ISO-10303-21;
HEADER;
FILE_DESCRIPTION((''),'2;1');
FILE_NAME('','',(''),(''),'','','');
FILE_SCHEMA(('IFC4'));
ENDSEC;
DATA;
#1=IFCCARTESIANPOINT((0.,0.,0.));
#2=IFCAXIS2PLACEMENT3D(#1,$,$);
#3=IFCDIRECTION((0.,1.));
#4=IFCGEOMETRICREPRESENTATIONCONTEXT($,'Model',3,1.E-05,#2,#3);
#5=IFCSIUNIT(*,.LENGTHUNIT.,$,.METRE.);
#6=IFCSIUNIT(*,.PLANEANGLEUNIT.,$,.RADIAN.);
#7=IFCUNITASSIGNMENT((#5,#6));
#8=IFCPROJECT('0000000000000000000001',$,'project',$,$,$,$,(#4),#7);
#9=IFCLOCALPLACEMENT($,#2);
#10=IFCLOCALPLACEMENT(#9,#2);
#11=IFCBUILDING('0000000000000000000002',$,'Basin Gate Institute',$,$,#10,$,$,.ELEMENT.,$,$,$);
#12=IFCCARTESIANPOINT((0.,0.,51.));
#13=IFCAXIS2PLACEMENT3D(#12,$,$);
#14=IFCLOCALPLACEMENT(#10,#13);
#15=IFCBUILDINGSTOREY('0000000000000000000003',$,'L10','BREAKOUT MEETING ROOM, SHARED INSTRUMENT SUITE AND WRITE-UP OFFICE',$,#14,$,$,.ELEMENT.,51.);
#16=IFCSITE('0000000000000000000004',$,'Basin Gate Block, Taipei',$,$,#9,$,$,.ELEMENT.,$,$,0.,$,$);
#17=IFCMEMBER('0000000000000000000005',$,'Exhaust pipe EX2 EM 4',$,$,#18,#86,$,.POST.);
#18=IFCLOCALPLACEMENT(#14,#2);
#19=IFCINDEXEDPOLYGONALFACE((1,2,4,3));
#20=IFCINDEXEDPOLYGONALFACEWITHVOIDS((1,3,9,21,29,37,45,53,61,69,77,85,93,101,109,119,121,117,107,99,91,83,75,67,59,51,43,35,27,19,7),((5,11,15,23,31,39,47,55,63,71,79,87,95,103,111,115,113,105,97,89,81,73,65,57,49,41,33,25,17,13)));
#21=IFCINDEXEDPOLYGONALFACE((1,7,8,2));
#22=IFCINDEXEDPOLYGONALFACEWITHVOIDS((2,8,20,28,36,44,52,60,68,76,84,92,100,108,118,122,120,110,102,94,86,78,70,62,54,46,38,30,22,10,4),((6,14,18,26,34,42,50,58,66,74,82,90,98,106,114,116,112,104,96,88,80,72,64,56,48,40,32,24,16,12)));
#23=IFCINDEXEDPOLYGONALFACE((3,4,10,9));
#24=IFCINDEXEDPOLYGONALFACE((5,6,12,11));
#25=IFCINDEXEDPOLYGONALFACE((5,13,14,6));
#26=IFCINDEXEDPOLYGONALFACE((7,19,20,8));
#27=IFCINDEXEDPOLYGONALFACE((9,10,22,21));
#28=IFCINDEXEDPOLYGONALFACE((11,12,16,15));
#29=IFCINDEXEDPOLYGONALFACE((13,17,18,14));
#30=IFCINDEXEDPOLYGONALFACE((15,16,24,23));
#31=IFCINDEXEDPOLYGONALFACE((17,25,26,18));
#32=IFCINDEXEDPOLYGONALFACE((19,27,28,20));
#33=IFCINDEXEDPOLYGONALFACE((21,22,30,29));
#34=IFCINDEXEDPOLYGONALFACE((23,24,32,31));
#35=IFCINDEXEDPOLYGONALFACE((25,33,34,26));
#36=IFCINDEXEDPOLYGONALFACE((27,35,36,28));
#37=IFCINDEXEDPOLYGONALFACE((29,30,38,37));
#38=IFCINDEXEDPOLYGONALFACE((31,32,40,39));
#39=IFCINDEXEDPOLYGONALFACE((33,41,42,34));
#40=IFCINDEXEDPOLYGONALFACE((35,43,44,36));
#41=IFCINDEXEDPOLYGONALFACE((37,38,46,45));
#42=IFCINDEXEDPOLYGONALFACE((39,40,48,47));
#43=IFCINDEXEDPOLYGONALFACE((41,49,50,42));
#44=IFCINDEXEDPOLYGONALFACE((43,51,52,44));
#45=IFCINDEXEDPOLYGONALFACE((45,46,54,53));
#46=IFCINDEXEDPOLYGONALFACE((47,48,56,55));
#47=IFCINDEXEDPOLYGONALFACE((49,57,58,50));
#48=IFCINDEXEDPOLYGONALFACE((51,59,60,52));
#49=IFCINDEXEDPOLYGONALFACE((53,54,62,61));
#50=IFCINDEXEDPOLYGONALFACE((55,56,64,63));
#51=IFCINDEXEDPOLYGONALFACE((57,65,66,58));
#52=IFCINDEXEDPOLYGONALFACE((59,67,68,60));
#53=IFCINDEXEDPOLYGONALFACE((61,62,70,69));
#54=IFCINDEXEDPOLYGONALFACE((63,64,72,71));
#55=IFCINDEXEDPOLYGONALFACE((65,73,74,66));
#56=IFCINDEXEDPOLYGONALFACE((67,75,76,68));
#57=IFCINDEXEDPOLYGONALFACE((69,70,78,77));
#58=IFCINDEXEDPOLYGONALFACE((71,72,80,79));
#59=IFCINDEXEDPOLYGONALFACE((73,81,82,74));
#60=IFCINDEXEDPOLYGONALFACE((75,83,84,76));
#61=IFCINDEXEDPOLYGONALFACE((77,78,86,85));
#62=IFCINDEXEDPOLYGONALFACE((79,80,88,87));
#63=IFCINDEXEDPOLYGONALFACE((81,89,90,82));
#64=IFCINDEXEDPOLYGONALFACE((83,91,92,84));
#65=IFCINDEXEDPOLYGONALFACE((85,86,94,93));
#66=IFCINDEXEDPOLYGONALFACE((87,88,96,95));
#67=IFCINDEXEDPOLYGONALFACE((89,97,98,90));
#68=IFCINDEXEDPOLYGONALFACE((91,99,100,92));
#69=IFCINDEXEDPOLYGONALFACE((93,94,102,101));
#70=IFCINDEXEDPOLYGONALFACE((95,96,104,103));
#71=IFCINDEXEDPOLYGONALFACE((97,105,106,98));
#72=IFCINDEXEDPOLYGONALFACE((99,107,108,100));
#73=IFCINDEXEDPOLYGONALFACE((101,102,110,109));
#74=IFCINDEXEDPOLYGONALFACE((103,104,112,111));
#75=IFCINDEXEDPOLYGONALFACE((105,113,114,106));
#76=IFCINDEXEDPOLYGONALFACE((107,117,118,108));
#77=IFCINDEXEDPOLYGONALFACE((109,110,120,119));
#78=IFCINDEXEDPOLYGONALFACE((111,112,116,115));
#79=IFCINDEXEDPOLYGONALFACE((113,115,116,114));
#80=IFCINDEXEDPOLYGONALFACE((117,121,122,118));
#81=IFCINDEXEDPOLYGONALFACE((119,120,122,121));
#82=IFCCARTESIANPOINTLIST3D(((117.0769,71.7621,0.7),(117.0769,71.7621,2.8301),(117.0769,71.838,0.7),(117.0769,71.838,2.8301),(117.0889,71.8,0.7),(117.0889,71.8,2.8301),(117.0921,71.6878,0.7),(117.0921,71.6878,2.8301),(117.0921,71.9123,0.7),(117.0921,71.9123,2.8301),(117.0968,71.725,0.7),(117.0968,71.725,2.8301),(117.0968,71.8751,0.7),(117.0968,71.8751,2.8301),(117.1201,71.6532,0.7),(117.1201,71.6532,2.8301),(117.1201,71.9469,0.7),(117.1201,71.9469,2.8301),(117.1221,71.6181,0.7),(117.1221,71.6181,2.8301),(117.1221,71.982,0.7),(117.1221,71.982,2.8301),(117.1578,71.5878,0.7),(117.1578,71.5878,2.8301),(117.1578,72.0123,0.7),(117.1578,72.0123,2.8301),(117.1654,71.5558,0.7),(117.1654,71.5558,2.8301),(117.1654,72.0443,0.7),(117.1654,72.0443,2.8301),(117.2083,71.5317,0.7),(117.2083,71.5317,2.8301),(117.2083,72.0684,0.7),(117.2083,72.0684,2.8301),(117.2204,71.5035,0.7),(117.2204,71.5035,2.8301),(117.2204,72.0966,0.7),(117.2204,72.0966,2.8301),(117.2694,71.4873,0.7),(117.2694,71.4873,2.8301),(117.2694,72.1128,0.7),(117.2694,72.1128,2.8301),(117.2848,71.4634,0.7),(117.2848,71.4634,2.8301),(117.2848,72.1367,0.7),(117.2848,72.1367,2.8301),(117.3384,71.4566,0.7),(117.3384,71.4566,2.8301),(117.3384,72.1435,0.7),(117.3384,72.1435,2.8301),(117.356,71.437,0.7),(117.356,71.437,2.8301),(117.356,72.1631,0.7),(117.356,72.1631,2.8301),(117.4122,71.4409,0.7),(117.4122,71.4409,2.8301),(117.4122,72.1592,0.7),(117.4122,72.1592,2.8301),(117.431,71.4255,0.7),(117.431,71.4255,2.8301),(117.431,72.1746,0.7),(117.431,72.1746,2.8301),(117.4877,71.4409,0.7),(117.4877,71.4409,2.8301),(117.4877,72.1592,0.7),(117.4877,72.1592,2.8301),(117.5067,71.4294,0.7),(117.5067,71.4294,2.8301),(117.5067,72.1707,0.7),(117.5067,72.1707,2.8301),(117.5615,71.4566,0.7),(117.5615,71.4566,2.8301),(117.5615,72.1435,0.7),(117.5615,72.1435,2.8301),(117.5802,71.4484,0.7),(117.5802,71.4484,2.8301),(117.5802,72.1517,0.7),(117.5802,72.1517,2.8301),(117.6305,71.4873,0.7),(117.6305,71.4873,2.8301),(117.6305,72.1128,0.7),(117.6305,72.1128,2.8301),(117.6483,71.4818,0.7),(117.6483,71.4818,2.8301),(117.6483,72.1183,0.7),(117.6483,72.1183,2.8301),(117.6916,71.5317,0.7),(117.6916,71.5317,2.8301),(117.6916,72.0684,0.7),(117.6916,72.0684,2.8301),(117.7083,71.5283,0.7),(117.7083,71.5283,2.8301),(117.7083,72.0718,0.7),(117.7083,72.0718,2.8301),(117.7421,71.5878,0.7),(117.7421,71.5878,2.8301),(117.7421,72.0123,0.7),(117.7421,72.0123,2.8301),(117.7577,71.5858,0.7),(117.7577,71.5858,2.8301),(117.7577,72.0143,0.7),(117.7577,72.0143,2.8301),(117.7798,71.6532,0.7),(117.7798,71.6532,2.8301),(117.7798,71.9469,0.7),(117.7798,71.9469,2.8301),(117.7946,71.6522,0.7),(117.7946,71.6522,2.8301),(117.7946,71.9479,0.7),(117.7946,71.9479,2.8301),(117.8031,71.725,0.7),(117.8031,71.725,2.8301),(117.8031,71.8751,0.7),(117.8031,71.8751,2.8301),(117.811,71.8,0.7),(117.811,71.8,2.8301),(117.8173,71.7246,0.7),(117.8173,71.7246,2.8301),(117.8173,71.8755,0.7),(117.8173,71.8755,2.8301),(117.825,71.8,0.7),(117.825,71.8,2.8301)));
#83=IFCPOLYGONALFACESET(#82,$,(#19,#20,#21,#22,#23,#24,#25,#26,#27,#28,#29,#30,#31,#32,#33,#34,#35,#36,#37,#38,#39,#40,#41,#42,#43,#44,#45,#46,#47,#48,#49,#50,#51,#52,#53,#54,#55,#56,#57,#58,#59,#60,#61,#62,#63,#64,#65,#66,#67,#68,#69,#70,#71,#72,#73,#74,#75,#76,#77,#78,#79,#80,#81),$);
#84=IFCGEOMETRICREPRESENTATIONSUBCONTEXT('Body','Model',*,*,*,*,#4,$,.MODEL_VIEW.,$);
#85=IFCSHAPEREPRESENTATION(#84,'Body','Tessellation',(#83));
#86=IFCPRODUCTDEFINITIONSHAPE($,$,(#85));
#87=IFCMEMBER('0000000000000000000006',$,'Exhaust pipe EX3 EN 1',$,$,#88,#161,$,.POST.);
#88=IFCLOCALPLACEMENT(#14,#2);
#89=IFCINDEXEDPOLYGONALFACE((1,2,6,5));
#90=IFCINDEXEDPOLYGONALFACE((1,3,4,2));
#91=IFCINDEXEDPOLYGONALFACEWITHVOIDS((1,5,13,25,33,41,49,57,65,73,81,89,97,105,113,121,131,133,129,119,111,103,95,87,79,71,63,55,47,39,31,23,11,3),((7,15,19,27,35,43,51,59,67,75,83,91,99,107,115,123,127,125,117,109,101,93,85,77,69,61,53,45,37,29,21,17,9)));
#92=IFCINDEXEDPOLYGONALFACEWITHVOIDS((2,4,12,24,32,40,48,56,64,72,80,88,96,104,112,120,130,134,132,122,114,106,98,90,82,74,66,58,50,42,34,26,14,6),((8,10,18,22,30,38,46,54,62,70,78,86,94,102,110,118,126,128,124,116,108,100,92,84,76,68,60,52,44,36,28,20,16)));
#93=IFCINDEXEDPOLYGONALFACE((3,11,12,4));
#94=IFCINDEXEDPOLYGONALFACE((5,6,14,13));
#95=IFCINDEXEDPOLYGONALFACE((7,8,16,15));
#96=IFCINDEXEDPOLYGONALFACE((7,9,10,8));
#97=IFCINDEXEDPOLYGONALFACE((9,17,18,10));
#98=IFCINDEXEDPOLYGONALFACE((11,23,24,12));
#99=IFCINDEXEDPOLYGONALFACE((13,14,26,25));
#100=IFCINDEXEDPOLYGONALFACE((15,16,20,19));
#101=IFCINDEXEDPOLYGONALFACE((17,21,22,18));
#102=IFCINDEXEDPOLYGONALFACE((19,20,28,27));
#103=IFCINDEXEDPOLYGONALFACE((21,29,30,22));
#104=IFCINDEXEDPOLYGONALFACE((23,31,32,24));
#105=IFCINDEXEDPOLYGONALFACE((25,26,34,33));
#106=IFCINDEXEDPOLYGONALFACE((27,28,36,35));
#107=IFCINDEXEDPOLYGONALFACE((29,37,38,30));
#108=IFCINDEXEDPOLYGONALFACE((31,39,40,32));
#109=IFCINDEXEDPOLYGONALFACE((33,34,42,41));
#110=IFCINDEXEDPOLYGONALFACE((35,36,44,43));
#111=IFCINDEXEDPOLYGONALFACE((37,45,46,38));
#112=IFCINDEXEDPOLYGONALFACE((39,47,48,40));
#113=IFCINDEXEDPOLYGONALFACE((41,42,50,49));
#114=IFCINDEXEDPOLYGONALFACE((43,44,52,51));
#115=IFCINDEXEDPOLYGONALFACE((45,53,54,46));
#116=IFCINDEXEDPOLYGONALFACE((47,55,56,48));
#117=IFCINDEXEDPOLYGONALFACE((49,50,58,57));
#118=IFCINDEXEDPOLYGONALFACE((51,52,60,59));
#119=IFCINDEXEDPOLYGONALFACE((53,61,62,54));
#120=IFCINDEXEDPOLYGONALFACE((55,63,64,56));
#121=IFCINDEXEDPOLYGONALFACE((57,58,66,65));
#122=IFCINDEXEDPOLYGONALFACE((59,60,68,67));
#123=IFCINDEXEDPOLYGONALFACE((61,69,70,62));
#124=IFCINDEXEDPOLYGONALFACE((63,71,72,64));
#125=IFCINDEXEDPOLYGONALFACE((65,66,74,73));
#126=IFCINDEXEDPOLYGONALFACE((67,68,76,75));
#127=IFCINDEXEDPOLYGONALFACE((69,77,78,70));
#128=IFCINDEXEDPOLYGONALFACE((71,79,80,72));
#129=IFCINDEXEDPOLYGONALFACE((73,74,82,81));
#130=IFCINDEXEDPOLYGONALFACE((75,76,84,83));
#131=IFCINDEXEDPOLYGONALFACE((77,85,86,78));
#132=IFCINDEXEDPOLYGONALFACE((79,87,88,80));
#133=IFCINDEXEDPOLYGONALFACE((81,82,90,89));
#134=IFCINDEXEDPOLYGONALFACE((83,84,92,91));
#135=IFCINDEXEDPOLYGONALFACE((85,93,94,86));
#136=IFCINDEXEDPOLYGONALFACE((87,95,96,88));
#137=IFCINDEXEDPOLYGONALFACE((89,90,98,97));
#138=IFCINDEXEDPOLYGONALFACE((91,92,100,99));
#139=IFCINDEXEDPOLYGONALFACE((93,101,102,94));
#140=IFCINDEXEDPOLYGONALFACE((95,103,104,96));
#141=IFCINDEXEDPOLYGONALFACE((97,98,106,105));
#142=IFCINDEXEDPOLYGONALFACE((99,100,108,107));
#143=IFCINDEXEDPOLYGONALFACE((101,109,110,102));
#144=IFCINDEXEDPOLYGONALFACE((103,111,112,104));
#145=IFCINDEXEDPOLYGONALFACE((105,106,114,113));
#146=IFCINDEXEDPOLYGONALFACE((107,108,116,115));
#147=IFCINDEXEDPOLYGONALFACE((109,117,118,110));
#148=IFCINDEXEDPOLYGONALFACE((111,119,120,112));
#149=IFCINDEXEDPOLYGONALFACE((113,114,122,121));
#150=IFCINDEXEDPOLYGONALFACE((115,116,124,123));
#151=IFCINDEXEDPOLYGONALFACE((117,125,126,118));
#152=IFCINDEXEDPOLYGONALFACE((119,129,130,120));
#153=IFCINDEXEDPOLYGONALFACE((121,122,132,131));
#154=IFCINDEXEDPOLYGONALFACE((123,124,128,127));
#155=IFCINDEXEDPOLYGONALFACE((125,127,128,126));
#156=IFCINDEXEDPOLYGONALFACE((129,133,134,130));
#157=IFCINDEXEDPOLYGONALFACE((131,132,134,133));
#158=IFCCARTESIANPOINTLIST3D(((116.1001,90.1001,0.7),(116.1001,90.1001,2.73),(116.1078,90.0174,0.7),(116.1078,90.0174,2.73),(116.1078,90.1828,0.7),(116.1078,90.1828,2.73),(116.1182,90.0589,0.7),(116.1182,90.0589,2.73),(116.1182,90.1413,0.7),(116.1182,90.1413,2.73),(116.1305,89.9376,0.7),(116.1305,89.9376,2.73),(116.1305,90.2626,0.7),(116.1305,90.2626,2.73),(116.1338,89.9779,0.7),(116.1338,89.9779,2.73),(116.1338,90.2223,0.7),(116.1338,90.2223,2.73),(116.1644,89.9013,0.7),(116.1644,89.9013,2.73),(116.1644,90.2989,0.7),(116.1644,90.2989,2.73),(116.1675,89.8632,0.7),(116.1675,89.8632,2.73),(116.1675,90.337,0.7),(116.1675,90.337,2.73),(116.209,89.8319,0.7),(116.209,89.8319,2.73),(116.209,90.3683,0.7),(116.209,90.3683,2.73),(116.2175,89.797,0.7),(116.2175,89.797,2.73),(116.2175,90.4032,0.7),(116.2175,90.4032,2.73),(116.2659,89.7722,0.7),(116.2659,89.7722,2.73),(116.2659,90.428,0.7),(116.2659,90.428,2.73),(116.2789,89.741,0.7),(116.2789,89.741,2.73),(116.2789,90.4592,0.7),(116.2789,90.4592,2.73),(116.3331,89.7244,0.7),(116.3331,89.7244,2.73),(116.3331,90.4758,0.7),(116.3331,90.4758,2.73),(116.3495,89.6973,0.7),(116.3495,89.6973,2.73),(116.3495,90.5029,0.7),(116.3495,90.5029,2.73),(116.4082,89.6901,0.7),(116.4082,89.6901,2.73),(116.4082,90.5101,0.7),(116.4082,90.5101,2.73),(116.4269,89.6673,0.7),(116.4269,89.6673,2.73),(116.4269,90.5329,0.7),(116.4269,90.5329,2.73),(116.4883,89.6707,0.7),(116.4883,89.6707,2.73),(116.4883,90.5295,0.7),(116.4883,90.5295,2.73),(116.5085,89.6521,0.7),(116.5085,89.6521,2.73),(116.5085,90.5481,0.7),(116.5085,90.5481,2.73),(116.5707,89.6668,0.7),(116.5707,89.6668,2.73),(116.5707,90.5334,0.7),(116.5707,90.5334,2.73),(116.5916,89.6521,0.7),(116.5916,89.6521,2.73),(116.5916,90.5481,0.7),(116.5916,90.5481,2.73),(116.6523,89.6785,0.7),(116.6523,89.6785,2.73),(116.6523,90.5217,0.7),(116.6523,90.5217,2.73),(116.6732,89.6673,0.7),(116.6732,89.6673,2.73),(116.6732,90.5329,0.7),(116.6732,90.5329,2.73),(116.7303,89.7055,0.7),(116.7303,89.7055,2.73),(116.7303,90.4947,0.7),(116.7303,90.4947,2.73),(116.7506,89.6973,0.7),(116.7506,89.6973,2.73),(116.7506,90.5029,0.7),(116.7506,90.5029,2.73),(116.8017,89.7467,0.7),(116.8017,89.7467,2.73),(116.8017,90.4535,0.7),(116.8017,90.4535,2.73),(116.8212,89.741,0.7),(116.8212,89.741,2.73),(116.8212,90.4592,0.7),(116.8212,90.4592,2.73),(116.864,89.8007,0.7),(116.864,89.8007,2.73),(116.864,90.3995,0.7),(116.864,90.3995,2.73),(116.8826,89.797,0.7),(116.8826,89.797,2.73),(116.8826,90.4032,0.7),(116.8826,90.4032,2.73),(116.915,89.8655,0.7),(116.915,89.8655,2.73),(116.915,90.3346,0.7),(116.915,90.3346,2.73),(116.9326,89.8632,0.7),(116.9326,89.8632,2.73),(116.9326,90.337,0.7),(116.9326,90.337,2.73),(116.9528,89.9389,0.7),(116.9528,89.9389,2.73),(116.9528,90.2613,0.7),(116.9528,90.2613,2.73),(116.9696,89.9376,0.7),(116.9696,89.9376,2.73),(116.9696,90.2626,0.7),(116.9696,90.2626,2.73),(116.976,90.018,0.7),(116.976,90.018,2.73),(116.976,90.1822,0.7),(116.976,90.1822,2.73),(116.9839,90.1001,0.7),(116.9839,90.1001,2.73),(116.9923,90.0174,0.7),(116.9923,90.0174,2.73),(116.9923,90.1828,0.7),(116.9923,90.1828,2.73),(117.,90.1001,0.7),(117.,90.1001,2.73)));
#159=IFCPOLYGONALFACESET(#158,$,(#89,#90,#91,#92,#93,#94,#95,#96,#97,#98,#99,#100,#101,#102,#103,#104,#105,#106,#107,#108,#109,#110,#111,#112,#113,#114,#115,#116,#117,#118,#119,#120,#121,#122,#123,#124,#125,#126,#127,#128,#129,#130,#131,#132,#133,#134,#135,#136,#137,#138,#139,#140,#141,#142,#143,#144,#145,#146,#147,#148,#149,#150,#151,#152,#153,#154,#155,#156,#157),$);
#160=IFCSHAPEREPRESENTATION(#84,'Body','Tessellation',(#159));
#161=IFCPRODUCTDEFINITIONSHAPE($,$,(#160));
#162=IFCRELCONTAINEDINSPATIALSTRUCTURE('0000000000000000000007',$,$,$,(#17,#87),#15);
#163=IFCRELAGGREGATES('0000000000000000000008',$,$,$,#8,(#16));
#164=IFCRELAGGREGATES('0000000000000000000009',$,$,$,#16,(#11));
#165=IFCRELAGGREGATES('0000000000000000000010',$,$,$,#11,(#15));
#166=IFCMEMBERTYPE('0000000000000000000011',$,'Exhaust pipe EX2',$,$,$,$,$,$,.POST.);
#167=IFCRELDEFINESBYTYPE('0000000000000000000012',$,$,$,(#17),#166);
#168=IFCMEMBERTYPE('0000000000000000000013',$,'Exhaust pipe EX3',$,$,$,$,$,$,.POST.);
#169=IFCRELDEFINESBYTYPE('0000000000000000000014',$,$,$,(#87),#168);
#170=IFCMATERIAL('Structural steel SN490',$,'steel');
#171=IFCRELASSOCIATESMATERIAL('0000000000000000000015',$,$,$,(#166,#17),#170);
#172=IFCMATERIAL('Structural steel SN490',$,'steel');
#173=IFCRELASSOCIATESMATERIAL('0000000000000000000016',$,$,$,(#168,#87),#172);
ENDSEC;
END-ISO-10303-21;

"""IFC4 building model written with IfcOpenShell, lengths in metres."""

from ifc_helpers import new_model, si_unit, direction, frame, origin, origin_2d, place, context, subcontext, project, spatial, hollow_circle, extrude, material, material_profile, profile_set, type_object, element, save


model = new_model("IFC4")

# Units and contexts
model_context = context("Model", 3, precision=1e-05, world=origin(), true_north=direction((0.0, 1.0)))
body_context = subcontext(model_context, "Body", "Model", "MODEL_VIEW")
ifc_project = project(units=[si_unit("LENGTHUNIT", "METRE"), si_unit("PLANEANGLEUNIT", "RADIAN")], contexts=[model_context])

# Site, building, storey
site_placement = place(None, origin())
site = spatial("IfcSite", under=ifc_project, at=site_placement, Name="Basin Gate Block, Taipei", CompositionType="ELEMENT", RefElevation=0.0)
building_placement = place(site_placement, origin())
building = spatial("IfcBuilding", under=site, at=building_placement, Name="Basin Gate Institute", CompositionType="ELEMENT")
storey_placement = place(building_placement, frame((0.0, 0.0, 51.0)))
storey = spatial("IfcBuildingStorey", under=building, at=storey_placement, Name="L10", Description="BREAKOUT MEETING ROOM, SHARED INSTRUMENT SUITE AND WRITE-UP OFFICE", CompositionType="ELEMENT", Elevation=51.0)

# Members
ifc_material_1 = material(Name="Structural steel SN490", Category="steel")
ifc_material_profile_1 = material_profile(ifc_material_1, hollow_circle(Radius=0.375, WallThickness=0.0139, at=origin_2d()), Name="CHS750x14")
ifc_profile_set_1 = profile_set([ifc_material_profile_1], Name="Structural steel SN490")
member_type_1 = type_object("IfcMemberType", Name="Exhaust pipe EX2", PredefinedType="POST", material=ifc_profile_set_1)
member_1_placement = place(storey_placement, frame((117.45, 71.8, 0.7), z_axis=(0.0, 0.0, 1.0), x_axis=(1.0, 0.0, 0.0)))
element("IfcMember", 1, at=member_1_placement, inside=storey, type_object=member_type_1, material=ifc_profile_set_1, Name="Exhaust pipe EX2 EM 4", PredefinedType="POST", context=body_context, shape_type="SweptSolid", body=[
    extrude(hollow_circle(Radius=0.375, WallThickness=0.0139, at=origin_2d()), origin(), (0.0, 0.0, 1.0), 2.1301),
])
ifc_material_2 = material(Name="Structural steel SN490", Category="steel")
ifc_material_profile_2 = material_profile(ifc_material_2, hollow_circle(Radius=0.45, WallThickness=0.0161, at=origin_2d()), Name="CHS900x16")
ifc_profile_set_2 = profile_set([ifc_material_profile_2], Name="Structural steel SN490")
member_type_2 = type_object("IfcMemberType", Name="Exhaust pipe EX3", PredefinedType="POST", material=ifc_profile_set_2)
member_2_placement = place(storey_placement, frame((116.55, 90.1001, 0.7), z_axis=(0.0, 0.0, 1.0), x_axis=(1.0, 0.0, 0.0)))
element("IfcMember", 2, at=member_2_placement, inside=storey, type_object=member_type_2, material=ifc_profile_set_2, Name="Exhaust pipe EX3 EN 1", PredefinedType="POST", context=body_context, shape_type="SweptSolid", body=[
    extrude(hollow_circle(Radius=0.45, WallThickness=0.0161, at=origin_2d()), origin(), (0.0, 0.0, 1.0), 2.03),
])

save(model, "model.ifc")
